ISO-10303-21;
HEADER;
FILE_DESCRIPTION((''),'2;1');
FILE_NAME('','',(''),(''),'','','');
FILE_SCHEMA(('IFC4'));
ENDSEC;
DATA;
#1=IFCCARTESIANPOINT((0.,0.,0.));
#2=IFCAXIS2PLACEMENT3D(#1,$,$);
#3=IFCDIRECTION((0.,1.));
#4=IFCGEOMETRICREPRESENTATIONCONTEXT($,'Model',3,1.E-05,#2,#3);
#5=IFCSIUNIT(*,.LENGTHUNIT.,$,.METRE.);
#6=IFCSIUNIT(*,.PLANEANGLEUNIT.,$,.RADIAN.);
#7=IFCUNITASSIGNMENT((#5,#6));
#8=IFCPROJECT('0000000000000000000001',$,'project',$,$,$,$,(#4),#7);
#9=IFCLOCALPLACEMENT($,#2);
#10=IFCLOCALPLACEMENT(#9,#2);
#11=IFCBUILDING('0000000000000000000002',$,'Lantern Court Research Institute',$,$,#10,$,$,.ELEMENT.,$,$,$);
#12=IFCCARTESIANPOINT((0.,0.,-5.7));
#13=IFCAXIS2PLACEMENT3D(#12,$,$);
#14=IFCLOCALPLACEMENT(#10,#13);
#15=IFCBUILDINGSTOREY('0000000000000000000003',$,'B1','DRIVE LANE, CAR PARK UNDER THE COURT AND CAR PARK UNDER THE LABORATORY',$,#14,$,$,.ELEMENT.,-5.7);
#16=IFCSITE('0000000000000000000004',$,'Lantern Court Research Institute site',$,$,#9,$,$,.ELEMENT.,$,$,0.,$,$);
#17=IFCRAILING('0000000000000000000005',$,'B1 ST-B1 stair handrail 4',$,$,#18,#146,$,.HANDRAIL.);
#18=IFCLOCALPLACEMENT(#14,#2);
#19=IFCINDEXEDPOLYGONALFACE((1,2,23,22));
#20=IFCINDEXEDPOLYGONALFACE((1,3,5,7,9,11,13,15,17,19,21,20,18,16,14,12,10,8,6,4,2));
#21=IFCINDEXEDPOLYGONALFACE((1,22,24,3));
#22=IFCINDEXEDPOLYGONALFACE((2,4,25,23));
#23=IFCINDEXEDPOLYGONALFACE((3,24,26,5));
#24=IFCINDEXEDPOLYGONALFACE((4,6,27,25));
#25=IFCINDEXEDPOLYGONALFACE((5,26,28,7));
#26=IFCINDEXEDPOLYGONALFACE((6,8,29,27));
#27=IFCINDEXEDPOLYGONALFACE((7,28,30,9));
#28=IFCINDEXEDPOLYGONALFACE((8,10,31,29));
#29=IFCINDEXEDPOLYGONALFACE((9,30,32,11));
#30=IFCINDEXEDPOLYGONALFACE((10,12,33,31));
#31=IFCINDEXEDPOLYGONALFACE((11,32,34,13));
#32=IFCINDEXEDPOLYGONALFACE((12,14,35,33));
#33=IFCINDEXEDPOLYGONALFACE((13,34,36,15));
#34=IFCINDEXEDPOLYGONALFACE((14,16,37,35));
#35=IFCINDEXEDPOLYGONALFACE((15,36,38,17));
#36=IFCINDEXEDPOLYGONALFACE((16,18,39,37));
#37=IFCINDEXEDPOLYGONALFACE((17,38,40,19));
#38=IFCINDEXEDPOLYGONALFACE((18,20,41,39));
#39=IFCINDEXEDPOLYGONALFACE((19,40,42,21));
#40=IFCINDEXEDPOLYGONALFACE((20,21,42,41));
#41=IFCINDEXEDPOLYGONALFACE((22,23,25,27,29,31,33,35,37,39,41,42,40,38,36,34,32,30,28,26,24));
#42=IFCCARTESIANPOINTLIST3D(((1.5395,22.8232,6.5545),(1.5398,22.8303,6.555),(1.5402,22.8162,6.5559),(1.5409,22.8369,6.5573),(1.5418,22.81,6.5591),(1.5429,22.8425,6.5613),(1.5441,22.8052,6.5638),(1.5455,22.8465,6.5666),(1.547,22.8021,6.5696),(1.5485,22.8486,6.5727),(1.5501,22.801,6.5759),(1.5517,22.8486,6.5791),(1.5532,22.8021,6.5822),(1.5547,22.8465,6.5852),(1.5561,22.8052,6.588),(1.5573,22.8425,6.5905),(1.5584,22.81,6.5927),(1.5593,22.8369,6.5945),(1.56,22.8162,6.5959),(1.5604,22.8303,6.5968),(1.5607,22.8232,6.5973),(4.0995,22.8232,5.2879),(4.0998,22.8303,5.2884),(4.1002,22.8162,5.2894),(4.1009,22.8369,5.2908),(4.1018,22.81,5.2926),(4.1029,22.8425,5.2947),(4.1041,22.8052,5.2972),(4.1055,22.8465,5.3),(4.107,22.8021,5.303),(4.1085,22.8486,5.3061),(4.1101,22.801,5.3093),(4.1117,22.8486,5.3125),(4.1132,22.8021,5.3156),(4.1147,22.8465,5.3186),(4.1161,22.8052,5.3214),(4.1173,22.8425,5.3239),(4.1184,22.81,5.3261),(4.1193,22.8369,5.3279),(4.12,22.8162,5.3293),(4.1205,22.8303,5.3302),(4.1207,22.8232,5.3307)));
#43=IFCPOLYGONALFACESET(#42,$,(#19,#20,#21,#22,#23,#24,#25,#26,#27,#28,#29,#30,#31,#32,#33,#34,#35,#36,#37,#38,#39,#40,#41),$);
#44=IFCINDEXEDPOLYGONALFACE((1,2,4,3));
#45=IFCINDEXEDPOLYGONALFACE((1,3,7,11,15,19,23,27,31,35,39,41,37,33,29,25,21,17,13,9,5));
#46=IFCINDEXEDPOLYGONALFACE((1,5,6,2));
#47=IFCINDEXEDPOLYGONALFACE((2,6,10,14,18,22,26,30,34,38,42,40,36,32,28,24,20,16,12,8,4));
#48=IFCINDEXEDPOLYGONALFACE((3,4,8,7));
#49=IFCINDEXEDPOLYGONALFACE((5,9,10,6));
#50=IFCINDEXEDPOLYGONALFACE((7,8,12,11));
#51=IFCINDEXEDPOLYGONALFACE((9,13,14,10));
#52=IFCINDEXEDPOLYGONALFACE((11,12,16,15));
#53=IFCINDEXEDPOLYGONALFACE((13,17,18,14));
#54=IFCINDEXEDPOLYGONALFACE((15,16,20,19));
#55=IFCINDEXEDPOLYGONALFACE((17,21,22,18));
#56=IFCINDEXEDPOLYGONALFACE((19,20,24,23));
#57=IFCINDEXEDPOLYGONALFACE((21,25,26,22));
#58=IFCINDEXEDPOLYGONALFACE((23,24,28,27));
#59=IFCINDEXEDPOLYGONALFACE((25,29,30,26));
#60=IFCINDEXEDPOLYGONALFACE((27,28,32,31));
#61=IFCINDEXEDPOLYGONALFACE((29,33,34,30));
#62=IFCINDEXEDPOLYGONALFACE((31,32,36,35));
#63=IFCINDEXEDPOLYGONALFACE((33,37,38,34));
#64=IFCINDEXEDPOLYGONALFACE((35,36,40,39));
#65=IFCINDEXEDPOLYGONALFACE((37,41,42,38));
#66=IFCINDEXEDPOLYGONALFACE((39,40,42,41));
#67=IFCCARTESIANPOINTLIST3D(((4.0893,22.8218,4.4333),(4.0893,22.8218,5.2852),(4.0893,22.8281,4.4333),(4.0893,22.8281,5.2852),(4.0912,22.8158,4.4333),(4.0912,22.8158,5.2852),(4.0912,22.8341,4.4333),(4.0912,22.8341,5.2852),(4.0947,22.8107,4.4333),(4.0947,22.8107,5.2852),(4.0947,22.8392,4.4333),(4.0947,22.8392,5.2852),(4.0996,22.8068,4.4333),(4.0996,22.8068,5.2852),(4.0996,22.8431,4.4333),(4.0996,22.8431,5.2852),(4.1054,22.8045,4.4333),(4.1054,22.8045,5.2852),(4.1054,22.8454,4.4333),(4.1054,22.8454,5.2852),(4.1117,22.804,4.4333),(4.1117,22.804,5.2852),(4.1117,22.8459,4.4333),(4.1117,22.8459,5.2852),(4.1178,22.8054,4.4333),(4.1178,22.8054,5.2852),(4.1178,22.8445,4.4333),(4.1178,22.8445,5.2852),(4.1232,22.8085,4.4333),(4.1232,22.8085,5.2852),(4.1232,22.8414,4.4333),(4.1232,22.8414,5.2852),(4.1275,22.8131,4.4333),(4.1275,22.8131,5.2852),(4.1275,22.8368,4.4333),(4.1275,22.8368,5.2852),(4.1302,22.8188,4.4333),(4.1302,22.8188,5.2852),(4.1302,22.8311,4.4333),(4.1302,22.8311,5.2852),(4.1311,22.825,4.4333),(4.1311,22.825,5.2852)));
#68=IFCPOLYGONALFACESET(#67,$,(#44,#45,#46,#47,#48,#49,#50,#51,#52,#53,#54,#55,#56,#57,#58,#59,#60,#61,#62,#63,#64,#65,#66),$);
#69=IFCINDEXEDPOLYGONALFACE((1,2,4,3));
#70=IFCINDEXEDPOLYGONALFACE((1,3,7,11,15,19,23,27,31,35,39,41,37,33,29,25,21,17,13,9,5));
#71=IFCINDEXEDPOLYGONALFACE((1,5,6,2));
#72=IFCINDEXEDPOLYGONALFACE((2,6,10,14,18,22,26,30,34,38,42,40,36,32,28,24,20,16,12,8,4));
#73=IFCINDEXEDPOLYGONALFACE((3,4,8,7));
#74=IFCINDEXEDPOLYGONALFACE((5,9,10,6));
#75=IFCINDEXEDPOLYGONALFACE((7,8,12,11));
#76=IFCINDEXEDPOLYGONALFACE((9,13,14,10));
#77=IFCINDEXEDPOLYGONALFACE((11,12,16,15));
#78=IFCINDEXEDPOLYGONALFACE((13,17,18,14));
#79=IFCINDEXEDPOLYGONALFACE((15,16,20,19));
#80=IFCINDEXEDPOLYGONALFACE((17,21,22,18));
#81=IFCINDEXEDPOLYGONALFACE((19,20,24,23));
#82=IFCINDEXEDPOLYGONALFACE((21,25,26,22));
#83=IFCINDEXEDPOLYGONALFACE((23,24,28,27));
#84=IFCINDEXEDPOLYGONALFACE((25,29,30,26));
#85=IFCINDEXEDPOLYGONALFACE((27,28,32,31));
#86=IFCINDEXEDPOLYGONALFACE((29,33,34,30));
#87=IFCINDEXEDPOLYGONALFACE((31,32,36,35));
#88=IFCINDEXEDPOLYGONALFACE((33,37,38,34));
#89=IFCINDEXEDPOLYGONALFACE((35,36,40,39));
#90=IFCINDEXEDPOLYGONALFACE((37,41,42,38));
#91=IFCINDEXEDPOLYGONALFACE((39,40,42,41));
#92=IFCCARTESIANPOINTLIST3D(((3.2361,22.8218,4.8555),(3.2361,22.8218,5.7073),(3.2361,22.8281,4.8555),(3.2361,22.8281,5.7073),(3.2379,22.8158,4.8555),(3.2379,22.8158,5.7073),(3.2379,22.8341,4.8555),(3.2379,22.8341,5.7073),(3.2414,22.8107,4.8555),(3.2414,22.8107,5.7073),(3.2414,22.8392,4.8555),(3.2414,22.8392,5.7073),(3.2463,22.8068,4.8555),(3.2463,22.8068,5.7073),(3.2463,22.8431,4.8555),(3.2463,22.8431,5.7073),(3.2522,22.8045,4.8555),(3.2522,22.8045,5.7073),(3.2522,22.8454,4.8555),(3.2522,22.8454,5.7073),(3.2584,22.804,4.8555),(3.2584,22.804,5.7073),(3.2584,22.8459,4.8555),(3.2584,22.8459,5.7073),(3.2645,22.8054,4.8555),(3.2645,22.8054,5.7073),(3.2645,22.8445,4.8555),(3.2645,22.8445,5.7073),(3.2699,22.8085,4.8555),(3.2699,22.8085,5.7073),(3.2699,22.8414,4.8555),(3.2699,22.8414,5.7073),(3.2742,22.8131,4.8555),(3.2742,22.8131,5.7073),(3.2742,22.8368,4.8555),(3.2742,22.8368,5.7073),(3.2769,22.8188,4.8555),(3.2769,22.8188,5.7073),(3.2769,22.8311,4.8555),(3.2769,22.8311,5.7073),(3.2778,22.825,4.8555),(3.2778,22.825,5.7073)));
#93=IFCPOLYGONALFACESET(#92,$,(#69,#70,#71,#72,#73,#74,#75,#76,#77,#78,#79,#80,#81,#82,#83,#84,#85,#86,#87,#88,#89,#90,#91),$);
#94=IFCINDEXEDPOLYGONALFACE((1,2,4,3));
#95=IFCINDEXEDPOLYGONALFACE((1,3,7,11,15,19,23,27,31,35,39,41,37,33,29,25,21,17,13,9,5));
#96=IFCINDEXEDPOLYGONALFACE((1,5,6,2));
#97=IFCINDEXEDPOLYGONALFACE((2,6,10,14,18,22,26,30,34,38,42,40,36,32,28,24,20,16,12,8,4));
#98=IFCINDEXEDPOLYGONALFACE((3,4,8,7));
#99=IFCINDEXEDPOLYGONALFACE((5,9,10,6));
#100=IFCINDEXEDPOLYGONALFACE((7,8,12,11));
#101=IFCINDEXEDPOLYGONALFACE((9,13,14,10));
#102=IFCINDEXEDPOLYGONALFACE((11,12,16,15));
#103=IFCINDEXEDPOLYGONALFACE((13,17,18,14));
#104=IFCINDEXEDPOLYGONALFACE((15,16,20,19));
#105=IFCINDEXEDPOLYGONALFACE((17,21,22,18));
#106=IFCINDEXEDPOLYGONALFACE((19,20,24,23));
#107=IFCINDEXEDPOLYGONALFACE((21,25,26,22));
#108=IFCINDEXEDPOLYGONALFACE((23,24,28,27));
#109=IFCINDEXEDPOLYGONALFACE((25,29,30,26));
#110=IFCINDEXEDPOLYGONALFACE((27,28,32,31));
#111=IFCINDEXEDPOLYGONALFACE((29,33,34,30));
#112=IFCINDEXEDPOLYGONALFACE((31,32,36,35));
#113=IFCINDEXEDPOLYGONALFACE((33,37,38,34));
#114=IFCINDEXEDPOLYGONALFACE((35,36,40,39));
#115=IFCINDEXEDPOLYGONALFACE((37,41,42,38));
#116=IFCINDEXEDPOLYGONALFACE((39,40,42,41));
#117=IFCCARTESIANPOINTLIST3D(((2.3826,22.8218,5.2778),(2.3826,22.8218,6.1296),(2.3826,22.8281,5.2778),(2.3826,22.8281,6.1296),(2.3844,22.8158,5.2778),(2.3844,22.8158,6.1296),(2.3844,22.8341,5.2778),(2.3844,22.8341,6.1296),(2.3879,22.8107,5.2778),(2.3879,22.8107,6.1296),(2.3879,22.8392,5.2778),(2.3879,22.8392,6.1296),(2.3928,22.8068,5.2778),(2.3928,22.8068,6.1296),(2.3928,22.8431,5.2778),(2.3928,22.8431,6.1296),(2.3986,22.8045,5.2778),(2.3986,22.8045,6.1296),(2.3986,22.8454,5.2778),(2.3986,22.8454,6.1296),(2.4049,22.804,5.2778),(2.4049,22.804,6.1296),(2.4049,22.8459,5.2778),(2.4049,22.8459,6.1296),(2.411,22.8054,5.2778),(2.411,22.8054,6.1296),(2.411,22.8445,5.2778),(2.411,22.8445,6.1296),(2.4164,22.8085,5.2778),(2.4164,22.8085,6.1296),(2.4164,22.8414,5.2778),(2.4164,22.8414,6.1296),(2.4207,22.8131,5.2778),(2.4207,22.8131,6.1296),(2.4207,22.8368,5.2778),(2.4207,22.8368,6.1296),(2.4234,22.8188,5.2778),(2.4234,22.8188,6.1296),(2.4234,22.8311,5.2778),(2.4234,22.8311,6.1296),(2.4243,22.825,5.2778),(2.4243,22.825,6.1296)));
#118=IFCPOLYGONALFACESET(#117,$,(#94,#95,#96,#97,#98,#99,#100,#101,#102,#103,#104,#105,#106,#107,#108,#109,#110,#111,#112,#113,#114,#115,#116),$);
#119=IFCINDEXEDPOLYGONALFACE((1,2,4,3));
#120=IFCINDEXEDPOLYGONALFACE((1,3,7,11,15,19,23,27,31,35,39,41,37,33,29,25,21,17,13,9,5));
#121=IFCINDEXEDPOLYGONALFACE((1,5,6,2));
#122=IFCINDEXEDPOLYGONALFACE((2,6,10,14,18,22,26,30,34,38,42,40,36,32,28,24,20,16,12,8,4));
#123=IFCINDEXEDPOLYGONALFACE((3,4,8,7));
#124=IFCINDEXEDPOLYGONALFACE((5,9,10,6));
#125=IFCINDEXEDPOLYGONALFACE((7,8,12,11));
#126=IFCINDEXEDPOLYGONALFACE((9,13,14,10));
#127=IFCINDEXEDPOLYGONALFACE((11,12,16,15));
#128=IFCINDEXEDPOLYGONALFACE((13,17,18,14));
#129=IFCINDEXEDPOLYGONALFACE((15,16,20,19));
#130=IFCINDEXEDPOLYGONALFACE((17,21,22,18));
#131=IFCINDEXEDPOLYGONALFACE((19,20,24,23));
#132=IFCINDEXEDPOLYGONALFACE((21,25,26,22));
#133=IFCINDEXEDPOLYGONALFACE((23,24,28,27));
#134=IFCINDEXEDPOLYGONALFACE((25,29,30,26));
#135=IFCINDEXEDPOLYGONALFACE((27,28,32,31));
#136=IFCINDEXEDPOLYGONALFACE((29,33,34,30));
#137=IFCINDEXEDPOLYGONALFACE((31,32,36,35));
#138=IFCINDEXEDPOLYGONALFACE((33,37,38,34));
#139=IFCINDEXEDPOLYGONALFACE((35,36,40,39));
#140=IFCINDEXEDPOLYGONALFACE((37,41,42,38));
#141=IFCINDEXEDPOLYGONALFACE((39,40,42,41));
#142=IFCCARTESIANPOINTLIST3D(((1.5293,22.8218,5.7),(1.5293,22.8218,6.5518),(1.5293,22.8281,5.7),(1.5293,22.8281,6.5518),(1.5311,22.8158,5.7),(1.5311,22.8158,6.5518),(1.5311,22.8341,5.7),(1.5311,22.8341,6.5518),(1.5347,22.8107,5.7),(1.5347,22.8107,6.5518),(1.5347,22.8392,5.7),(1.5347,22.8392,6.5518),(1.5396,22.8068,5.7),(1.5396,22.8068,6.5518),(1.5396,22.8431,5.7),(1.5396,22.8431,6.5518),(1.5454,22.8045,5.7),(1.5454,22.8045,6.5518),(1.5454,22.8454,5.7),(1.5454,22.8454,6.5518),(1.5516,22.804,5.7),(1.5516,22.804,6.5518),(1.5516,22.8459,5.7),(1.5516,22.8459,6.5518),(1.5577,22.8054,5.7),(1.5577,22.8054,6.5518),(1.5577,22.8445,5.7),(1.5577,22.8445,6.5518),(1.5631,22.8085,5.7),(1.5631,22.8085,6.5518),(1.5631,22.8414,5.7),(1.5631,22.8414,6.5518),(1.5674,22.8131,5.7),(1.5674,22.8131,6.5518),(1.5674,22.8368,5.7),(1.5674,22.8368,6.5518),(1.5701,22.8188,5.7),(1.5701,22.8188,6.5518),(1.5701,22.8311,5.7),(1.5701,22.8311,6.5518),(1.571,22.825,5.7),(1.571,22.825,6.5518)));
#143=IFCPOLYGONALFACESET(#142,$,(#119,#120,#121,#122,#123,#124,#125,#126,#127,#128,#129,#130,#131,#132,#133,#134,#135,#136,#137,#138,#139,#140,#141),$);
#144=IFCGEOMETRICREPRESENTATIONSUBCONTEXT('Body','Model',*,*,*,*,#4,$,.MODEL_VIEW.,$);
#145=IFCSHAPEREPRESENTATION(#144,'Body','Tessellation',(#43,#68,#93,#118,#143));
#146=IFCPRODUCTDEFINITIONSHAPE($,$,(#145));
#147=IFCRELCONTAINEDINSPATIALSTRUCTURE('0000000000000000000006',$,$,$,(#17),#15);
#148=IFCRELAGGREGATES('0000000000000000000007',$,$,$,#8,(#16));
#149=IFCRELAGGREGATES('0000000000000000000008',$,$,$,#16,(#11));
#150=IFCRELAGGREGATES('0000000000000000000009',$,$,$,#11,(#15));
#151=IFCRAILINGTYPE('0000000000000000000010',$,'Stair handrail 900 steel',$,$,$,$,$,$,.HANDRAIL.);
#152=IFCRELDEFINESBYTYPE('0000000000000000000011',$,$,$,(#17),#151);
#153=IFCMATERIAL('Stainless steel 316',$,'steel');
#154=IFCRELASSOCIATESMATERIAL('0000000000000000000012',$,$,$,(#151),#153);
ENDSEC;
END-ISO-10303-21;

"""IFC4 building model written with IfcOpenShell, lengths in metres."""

from ifc_helpers import new_model, si_unit, direction, frame, origin, origin_2d, place, context, subcontext, project, spatial, circle, extrude, material, type_object, element, save


model = new_model("IFC4")

# Units and contexts
model_context = context("Model", 3, precision=1e-05, world=origin(), true_north=direction((0.0, 1.0)))
body_context = subcontext(model_context, "Body", "Model", "MODEL_VIEW")
ifc_project = project(units=[si_unit("LENGTHUNIT", "METRE"), si_unit("PLANEANGLEUNIT", "RADIAN")], contexts=[model_context])

# Site, building, storey
site_placement = place(None, origin())
site = spatial("IfcSite", under=ifc_project, at=site_placement, Name="Lantern Court Research Institute site", CompositionType="ELEMENT", RefElevation=0.0)
building_placement = place(site_placement, origin())
building = spatial("IfcBuilding", under=site, at=building_placement, Name="Lantern Court Research Institute", CompositionType="ELEMENT")
storey_placement = place(building_placement, frame((0.0, 0.0, -5.7)))
storey = spatial("IfcBuildingStorey", under=building, at=storey_placement, Name="B1", Description="DRIVE LANE, CAR PARK UNDER THE COURT AND CAR PARK UNDER THE LABORATORY", CompositionType="ELEMENT", Elevation=-5.7)

# Railing
ifc_material_1 = material(Name="Stainless steel 316", Category="steel")
railing_type_1 = type_object("IfcRailingType", Name="Stair handrail 900 steel", PredefinedType="HANDRAIL", material=ifc_material_1)
for number, where, name in (
    (1, (4.1101, 22.825, 4.4333), "B1 ST-B1 stair handrail 4"),
):
    element("IfcRailing", number, at=place(storey_placement, frame(where)), inside=storey, type_object=railing_type_1, Name=name, PredefinedType="HANDRAIL", context=body_context, shape_type="SweptSolid", body=[
        extrude(circle(Radius=0.0239, at=origin_2d()), frame((0.0, 0.0, 0.876), z_axis=(-0.8963, 0.0, 0.443449), x_axis=(0.0, -1.0, 0.0)), (0.0, 0.0, 1.0), 2.8562),
        extrude(circle(Radius=0.021, at=origin_2d()), origin(), (0.0, 0.0, 1.0), 0.8518),
        extrude(circle(Radius=0.021, at=origin_2d()), frame((-0.8533, 0.0, 0.4221)), (0.0, 0.0, 1.0), 0.8518),
        extrude(circle(Radius=0.021, at=origin_2d()), frame((-1.7068, 0.0, 0.8445)), (0.0, 0.0, 1.0), 0.8518),
        extrude(circle(Radius=0.021, at=origin_2d()), frame((-2.5601, 0.0, 1.2666)), (0.0, 0.0, 1.0), 0.8518),
    ])

save(model, "model.ifc")
